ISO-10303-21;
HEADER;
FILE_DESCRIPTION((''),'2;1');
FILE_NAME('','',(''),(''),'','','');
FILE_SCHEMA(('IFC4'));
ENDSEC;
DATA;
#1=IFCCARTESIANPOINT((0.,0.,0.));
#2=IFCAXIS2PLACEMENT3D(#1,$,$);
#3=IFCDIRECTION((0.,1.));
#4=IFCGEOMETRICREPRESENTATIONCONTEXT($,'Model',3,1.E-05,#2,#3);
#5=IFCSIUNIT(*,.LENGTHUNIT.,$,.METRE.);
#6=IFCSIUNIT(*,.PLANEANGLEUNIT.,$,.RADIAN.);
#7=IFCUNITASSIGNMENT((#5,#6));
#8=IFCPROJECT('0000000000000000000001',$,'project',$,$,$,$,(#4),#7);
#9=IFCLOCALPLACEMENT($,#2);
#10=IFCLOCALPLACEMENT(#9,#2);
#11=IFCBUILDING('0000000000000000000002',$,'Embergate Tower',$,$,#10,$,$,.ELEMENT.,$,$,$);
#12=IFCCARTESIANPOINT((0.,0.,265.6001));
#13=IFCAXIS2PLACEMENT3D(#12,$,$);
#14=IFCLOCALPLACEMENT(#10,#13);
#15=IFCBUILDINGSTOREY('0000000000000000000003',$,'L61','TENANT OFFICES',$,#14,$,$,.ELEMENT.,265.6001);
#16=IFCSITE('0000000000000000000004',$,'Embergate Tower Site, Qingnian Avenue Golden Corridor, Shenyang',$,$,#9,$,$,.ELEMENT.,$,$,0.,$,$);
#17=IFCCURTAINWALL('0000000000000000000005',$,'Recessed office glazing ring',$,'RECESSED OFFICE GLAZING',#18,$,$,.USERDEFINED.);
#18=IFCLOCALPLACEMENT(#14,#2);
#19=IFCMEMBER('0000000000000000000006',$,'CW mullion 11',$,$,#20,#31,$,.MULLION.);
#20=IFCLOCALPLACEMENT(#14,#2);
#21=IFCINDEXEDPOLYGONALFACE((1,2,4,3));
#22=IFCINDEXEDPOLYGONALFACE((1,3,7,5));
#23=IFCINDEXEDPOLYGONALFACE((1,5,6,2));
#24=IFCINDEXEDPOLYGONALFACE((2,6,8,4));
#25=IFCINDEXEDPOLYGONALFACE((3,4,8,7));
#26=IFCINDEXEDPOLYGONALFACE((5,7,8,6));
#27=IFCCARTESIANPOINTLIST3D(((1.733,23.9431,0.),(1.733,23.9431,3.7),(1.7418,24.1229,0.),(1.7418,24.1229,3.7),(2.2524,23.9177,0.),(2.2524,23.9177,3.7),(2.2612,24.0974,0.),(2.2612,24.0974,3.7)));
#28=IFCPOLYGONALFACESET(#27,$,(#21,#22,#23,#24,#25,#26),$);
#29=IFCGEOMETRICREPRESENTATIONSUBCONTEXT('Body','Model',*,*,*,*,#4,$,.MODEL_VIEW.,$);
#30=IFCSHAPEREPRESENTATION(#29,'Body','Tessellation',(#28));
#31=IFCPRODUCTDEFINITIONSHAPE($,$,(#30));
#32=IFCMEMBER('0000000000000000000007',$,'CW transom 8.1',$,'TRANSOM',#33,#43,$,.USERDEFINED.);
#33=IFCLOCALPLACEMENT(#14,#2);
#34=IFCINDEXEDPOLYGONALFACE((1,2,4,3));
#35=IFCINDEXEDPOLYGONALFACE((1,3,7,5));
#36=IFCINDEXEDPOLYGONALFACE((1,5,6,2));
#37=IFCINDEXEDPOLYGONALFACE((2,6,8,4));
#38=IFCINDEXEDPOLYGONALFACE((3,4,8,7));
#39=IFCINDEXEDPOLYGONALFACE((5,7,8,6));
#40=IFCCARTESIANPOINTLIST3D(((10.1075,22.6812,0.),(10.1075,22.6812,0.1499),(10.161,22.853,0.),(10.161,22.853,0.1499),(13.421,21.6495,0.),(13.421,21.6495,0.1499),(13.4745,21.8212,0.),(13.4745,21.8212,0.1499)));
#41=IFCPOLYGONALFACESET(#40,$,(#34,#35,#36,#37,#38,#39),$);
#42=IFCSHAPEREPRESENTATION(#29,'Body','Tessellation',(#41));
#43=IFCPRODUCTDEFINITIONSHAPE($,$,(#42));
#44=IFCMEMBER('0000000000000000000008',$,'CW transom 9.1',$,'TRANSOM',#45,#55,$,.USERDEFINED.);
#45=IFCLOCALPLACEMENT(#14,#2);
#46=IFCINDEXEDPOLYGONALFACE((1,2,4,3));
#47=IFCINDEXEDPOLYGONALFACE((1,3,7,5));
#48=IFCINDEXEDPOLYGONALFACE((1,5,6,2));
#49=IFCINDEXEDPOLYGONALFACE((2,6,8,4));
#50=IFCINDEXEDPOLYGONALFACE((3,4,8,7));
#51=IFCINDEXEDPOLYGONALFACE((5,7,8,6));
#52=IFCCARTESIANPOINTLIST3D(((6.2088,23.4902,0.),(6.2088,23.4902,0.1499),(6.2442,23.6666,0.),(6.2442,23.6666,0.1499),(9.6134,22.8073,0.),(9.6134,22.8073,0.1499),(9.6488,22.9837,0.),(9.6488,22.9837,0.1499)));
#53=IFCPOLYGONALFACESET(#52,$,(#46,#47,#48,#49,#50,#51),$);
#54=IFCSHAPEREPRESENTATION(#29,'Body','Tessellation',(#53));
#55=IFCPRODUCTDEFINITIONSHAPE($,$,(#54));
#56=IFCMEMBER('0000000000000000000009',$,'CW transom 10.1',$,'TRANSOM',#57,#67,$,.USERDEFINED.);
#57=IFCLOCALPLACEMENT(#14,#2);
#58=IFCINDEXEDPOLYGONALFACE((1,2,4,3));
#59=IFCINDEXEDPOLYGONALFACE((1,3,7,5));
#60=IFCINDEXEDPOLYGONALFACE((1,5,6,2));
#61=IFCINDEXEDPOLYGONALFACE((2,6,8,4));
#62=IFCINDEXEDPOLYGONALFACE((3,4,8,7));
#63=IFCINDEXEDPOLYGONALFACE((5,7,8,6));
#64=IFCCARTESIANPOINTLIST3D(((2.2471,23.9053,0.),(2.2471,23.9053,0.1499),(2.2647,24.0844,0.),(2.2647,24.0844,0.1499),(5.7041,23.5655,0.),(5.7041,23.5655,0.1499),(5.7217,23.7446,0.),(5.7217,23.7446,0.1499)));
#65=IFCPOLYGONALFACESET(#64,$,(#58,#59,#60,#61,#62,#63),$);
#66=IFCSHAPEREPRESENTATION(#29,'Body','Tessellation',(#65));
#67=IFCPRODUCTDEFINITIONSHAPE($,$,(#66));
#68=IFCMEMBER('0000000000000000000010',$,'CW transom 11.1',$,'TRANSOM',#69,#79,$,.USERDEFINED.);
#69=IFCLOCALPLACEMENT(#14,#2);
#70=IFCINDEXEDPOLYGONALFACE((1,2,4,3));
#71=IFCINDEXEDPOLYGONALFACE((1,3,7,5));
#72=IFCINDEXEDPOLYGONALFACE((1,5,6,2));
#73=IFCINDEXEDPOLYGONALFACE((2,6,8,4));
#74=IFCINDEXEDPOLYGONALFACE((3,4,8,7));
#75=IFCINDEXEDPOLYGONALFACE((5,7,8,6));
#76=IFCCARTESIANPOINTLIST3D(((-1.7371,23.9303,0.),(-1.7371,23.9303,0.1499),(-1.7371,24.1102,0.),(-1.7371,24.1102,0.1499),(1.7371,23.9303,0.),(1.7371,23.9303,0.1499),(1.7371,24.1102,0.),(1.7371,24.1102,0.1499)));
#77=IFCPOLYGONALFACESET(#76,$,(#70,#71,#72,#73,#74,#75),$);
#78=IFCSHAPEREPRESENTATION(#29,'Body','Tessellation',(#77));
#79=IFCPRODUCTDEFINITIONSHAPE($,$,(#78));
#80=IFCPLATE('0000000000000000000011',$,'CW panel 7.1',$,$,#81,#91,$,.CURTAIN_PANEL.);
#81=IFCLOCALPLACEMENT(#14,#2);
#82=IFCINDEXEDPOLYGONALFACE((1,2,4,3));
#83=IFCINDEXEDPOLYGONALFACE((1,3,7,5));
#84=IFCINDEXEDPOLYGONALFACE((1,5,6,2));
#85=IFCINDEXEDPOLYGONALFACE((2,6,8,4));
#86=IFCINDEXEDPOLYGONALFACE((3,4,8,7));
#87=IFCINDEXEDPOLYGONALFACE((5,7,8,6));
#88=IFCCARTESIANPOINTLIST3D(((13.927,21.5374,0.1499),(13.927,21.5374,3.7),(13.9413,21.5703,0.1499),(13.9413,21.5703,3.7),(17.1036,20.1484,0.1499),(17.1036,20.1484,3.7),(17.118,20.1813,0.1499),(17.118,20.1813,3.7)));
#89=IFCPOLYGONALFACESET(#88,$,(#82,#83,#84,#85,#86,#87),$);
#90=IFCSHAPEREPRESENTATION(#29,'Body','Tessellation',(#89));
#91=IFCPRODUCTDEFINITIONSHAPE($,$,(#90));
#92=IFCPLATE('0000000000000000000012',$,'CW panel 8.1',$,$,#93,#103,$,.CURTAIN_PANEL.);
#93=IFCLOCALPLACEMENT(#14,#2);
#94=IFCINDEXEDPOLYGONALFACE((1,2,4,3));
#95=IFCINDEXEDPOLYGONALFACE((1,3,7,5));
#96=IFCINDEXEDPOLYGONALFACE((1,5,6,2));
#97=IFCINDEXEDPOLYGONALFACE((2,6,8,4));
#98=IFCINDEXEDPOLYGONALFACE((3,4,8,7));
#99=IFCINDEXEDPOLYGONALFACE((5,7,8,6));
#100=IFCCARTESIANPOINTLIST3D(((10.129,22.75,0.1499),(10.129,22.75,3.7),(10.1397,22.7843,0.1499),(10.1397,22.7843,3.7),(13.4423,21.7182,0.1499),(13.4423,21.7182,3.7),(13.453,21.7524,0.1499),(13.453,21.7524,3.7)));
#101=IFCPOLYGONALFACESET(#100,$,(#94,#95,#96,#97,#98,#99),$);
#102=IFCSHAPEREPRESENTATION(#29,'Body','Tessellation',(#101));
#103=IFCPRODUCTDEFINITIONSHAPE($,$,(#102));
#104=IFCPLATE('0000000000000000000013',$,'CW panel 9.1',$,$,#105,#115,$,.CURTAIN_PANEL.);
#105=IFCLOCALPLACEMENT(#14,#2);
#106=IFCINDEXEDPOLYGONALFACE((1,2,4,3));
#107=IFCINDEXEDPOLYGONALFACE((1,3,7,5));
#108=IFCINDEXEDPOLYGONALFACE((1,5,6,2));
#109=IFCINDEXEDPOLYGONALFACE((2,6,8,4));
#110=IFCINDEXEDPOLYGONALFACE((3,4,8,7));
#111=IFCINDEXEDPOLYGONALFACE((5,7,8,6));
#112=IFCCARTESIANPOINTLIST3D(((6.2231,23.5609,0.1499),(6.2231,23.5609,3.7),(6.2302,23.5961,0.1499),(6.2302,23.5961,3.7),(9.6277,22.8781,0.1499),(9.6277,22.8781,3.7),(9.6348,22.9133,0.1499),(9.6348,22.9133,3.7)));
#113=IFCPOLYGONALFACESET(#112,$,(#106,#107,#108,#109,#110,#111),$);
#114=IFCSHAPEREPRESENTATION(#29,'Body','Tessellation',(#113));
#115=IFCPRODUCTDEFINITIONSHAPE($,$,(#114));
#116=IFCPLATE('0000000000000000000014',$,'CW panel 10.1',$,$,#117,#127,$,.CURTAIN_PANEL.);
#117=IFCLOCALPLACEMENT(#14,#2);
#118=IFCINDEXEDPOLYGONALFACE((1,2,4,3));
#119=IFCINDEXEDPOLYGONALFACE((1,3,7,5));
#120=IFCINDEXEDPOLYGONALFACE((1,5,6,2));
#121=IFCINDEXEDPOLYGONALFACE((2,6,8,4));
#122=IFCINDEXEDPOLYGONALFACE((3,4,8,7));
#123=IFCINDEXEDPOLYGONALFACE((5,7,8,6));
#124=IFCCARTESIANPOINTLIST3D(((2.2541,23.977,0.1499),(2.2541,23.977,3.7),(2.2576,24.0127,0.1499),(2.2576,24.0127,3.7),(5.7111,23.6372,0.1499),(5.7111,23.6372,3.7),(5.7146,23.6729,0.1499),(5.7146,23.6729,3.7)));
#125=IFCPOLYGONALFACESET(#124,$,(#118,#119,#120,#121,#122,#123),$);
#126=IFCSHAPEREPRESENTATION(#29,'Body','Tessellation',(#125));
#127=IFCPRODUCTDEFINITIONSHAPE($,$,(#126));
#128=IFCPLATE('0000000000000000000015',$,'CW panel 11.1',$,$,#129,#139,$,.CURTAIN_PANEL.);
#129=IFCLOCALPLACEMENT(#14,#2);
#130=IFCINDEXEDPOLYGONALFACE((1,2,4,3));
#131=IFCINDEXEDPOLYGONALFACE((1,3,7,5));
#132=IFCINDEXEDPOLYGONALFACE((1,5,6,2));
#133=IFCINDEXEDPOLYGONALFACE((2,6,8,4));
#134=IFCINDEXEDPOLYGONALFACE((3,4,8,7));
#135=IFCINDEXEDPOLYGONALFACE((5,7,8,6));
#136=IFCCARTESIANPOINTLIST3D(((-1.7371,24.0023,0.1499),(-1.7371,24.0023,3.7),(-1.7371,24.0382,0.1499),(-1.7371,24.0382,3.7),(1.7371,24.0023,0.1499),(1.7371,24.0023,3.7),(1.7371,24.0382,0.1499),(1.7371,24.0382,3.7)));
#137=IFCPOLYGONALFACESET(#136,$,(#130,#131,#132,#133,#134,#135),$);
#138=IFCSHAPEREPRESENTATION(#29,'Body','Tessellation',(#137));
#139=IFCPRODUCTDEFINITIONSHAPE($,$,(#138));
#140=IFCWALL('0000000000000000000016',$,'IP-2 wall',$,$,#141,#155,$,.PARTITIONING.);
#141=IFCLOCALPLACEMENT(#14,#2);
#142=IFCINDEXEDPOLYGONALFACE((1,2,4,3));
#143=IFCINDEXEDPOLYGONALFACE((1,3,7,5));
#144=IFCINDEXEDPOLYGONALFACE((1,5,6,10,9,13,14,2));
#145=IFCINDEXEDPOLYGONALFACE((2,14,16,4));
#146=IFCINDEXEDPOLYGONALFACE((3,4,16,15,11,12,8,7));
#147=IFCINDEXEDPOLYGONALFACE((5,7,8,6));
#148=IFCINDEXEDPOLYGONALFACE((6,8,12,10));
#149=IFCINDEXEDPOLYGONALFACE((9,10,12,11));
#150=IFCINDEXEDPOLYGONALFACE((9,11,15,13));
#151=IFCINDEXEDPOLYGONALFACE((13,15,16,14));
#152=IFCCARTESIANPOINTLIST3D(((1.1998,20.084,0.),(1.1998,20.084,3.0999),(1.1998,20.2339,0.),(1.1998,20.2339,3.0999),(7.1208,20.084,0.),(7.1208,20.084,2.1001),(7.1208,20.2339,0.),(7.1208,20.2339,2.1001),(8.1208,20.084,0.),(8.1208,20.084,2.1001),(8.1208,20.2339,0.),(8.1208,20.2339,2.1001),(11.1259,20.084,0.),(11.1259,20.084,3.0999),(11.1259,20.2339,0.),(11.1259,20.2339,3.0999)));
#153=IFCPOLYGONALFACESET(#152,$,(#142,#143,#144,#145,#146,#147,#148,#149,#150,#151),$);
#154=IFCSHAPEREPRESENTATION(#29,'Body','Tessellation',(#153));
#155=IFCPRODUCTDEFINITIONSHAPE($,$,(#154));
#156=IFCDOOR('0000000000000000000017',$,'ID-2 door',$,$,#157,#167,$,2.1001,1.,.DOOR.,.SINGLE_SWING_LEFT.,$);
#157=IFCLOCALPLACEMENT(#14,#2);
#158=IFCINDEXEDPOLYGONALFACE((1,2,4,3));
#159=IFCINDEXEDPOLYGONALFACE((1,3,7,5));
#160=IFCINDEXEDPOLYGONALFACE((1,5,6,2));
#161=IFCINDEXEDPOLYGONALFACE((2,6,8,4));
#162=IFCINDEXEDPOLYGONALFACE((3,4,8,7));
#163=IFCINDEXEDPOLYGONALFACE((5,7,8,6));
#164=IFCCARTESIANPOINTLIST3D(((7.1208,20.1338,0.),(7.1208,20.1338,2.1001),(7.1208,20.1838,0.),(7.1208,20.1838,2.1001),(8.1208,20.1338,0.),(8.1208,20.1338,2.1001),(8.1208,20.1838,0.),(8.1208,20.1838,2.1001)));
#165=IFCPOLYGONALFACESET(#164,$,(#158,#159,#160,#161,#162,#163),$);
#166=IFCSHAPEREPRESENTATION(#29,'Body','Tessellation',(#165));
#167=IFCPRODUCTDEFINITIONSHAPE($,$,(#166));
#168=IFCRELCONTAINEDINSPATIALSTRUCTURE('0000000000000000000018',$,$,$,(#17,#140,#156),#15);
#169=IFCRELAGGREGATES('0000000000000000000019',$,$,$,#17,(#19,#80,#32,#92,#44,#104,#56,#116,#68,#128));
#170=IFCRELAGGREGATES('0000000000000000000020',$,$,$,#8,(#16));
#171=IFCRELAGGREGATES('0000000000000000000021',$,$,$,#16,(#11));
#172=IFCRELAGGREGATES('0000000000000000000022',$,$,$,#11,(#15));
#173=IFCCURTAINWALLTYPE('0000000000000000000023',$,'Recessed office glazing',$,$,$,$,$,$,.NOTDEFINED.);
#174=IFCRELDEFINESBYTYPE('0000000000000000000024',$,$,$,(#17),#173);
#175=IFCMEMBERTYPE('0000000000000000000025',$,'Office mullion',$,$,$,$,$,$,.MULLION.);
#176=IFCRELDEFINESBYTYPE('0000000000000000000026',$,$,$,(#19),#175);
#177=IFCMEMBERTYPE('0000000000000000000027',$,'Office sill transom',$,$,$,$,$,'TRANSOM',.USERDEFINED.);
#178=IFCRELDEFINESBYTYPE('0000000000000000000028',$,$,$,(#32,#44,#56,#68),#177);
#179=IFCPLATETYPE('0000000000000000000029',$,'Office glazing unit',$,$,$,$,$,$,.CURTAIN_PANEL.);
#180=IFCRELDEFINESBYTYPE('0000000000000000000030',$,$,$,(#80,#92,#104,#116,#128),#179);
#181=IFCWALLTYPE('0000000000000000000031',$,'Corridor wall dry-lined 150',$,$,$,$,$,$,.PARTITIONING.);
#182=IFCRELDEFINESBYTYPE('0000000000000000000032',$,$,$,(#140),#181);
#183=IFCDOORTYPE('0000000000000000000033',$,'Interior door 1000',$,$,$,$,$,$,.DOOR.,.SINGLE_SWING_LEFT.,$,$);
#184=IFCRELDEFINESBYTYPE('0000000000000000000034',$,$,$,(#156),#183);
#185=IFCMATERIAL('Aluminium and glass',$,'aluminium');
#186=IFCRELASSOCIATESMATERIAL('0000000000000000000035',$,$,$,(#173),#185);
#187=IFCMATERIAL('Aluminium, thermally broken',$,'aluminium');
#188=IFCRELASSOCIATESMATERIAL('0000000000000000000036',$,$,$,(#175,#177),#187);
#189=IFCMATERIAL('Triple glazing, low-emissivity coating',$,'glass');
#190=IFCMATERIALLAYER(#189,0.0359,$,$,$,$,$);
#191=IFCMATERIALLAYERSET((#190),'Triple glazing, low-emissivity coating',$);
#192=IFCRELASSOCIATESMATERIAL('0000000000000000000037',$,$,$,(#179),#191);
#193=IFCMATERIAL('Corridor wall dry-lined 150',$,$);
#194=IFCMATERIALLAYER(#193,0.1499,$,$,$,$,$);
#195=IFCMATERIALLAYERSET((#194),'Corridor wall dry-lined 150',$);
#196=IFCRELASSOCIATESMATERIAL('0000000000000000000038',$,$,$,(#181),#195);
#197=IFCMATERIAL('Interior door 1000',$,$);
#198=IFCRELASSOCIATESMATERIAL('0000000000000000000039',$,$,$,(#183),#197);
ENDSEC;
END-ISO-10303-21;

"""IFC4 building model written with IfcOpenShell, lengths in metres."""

from ifc_helpers import new_model, si_unit, direction, frame, frame_2d, origin, origin_2d, place, context, subcontext, project, spatial, rectangle, extrude, source, transform, mapped, material, layer, layer_set, material_profile, profile_set, type_object, element, fill, aggregate, save


model = new_model("IFC4")

# Units and contexts
model_context = context("Model", 3, precision=1e-05, world=origin(), true_north=direction((0.0, 1.0)))
body_context = subcontext(model_context, "Body", "Model", "MODEL_VIEW")
ifc_project = project(units=[si_unit("LENGTHUNIT", "METRE"), si_unit("PLANEANGLEUNIT", "RADIAN")], contexts=[model_context])

# Site, building, storey
site_placement = place(None, origin())
site = spatial("IfcSite", under=ifc_project, at=site_placement, Name="Embergate Tower Site, Qingnian Avenue Golden Corridor, Shenyang", CompositionType="ELEMENT", RefElevation=0.0)
building_placement = place(site_placement, origin())
building = spatial("IfcBuilding", under=site, at=building_placement, Name="Embergate Tower", CompositionType="ELEMENT")
storey_placement = place(building_placement, frame((0.0, 0.0, 265.6001)))
storey = spatial("IfcBuildingStorey", under=building, at=storey_placement, Name="L61", Description="TENANT OFFICES", CompositionType="ELEMENT", Elevation=265.6001)

# Curtain wall, members, plates
ifc_material_1 = material(Name="Aluminium and glass", Category="aluminium")
curtain_wall_type = type_object("IfcCurtainWallType", Name="Recessed office glazing", PredefinedType="NOTDEFINED", material=ifc_material_1)
curtain_wall_placement = place(storey_placement, origin())
curtain_wall = element("IfcCurtainWall", 1, at=curtain_wall_placement, inside=storey, type_object=curtain_wall_type, Name="Recessed office glazing ring", ObjectType="RECESSED OFFICE GLAZING", PredefinedType="USERDEFINED")
ifc_material_2 = material(Name="Aluminium, thermally broken", Category="aluminium")
ifc_material_profile_1 = material_profile(ifc_material_2, rectangle(XDim=0.1799, YDim=0.52, at=origin_2d()), Name="AL 520x180")
ifc_profile_set_1 = profile_set([ifc_material_profile_1], Name="Aluminium, thermally broken")
member_type_1 = type_object("IfcMemberType", Name="Office mullion", PredefinedType="MULLION", material=ifc_profile_set_1)
shared_shape_1 = source(origin(), body_context, "Body", "SweptSolid", [
    extrude(rectangle(XDim=0.1799, YDim=0.52, at=origin_2d()), origin(), (0.0, 0.0, 1.0), 3.7),
])
member_1_placement = place(storey_placement, frame((1.9971, 24.0203, 0.0), z_axis=(0.0, 0.0, 1.0), x_axis=(-0.04897, -0.9988, 0.0)))
member_1 = element("IfcMember", 2, at=member_1_placement, type_object=member_type_1, Name="CW mullion 11", PredefinedType="MULLION", context=body_context, shape_type="MappedRepresentation", body=[
    mapped(shared_shape_1, transform((0.0, 0.0, 0.0))),
])
ifc_material_profile_2 = material_profile(ifc_material_2, rectangle(XDim=0.1799, YDim=0.1499, at=origin_2d()), Name="AL 150x180")
ifc_profile_set_2 = profile_set([ifc_material_profile_2], Name="Aluminium, thermally broken")
member_type_2 = type_object("IfcMemberType", Name="Office sill transom", ElementType="TRANSOM", PredefinedType="USERDEFINED", material=ifc_profile_set_2)
shared_shape_2 = source(origin(), body_context, "Body", "SweptSolid", [
    extrude(rectangle(XDim=0.1799, YDim=0.1499, at=origin_2d()), origin(), (0.0, 0.0, 1.0), 3.4705),
])
member_2_placement = place(storey_placement, frame((13.4478, 21.7354, 0.075), z_axis=(-0.954785, 0.297297, 0.0), x_axis=(-0.297297, -0.954785, 0.0)))
member_2 = element("IfcMember", 3, at=member_2_placement, type_object=member_type_2, Name="CW transom 8.1", ObjectType="TRANSOM", PredefinedType="USERDEFINED", context=body_context, shape_type="MappedRepresentation", body=[
    mapped(shared_shape_2, transform((0.0, 0.0, 0.0))),
])
shared_shape_3 = source(origin(), body_context, "Body", "SweptSolid", [
    extrude(rectangle(XDim=0.1799, YDim=0.1499, at=origin_2d()), origin(), (0.0, 0.0, 1.0), 3.4724),
])
member_3_placement = place(storey_placement, frame((9.6311, 22.8955, 0.075), z_axis=(-0.980472, 0.196657, 0.0), x_axis=(-0.196657, -0.980472, 0.0)))
member_3 = element("IfcMember", 4, at=member_3_placement, type_object=member_type_2, Name="CW transom 9.1", ObjectType="TRANSOM", PredefinedType="USERDEFINED", context=body_context, shape_type="MappedRepresentation", body=[
    mapped(shared_shape_3, transform((0.0, 0.0, 0.0))),
])
shared_shape_4 = source(origin(), body_context, "Body", "SweptSolid", [
    extrude(rectangle(XDim=0.1799, YDim=0.1499, at=origin_2d()), origin(), (0.0, 0.0, 1.0), 3.4736),
])
member_4_placement = place(storey_placement, frame((5.7129, 23.655, 0.075), z_axis=(-0.995203, 0.097833, 0.0), x_axis=(-0.097833, -0.995203, 0.0)))
member_4 = element("IfcMember", 5, at=member_4_placement, type_object=member_type_2, Name="CW transom 10.1", ObjectType="TRANSOM", PredefinedType="USERDEFINED", context=body_context, shape_type="MappedRepresentation", body=[
    mapped(shared_shape_4, transform((0.0, 0.0, 0.0))),
])
shared_shape_5 = source(origin(), body_context, "Body", "SweptSolid", [
    extrude(rectangle(XDim=0.1799, YDim=0.1499, at=origin_2d()), origin(), (0.0, 0.0, 1.0), 3.4741),
])
member_5_placement = place(storey_placement, frame((1.7371, 24.0203, 0.075), z_axis=(-1.0, 0.0, 0.0), x_axis=(0.0, -1.0, 0.0)))
member_5 = element("IfcMember", 6, at=member_5_placement, type_object=member_type_2, Name="CW transom 11.1", ObjectType="TRANSOM", PredefinedType="USERDEFINED", context=body_context, shape_type="MappedRepresentation", body=[
    mapped(shared_shape_5, transform((0.0, 0.0, 0.0))),
])
ifc_material_3 = material(Name="Triple glazing, low-emissivity coating", Category="glass")
ifc_layer_1 = layer(ifc_material_3, 0.0359)
ifc_layer_set_1 = layer_set([ifc_layer_1], Name="Triple glazing, low-emissivity coating")
plate_type = type_object("IfcPlateType", Name="Office glazing unit", PredefinedType="CURTAIN_PANEL", material=ifc_layer_set_1)
shared_shape_6 = source(origin(), body_context, "Body", "SweptSolid", [
    extrude(rectangle(XDim=3.467, YDim=0.0359, at=origin_2d()), origin(), (0.0, 0.0, 1.0), 3.55),
])
plate_1_placement = place(storey_placement, frame((15.5225, 20.8594, 0.1499), z_axis=(0.0, 0.0, 1.0), x_axis=(-0.916238, 0.400635, 0.0)))
plate_1 = element("IfcPlate", 7, at=plate_1_placement, type_object=plate_type, Name="CW panel 7.1", PredefinedType="CURTAIN_PANEL", context=body_context, shape_type="MappedRepresentation", body=[
    mapped(shared_shape_6, transform((0.0, 0.0, 0.0))),
])
shared_shape_7 = source(origin(), body_context, "Body", "SweptSolid", [
    extrude(rectangle(XDim=3.4702, YDim=0.0359, at=origin_2d()), origin(), (0.0, 0.0, 1.0), 3.55),
])
plate_2_placement = place(storey_placement, frame((11.791, 22.2512, 0.1499), z_axis=(0.0, 0.0, 1.0), x_axis=(-0.954773, 0.297337, 0.0)))
plate_2 = element("IfcPlate", 8, at=plate_2_placement, type_object=plate_type, Name="CW panel 8.1", PredefinedType="CURTAIN_PANEL", context=body_context, shape_type="MappedRepresentation", body=[
    mapped(shared_shape_7, transform((0.0, 0.0, 0.0))),
])
shared_shape_8 = source(origin(), body_context, "Body", "SweptSolid", [
    extrude(rectangle(XDim=3.4724, YDim=0.0359, at=origin_2d()), origin(), (0.0, 0.0, 1.0), 3.55),
])
plate_3_placement = place(storey_placement, frame((7.929, 23.2371, 0.1499), z_axis=(0.0, 0.0, 1.0), x_axis=(-0.980476, 0.196638, 0.0)))
plate_3 = element("IfcPlate", 9, at=plate_3_placement, type_object=plate_type, Name="CW panel 9.1", PredefinedType="CURTAIN_PANEL", context=body_context, shape_type="MappedRepresentation", body=[
    mapped(shared_shape_8, transform((0.0, 0.0, 0.0))),
])
shared_shape_9 = source(origin(), body_context, "Body", "SweptSolid", [
    extrude(rectangle(XDim=3.4736, YDim=0.0359, at=origin_2d()), origin(), (0.0, 0.0, 1.0), 3.55),
])
plate_4_placement = place(storey_placement, frame((3.9844, 23.825, 0.1499), z_axis=(0.0, 0.0, 1.0), x_axis=(-0.995203, 0.097828, 0.0)))
plate_4 = element("IfcPlate", 10, at=plate_4_placement, type_object=plate_type, Name="CW panel 10.1", PredefinedType="CURTAIN_PANEL", context=body_context, shape_type="MappedRepresentation", body=[
    mapped(shared_shape_9, transform((0.0, 0.0, 0.0))),
])
shared_shape_10 = source(origin(), body_context, "Body", "SweptSolid", [
    extrude(rectangle(XDim=3.4741, YDim=0.0359, at=origin_2d()), origin(), (0.0, 0.0, 1.0), 3.55),
])
plate_5_placement = place(storey_placement, frame((0.0, 24.0203, 0.1499), z_axis=(0.0, 0.0, 1.0), x_axis=(-1.0, 0.0, 0.0)))
plate_5 = element("IfcPlate", 11, at=plate_5_placement, type_object=plate_type, Name="CW panel 11.1", PredefinedType="CURTAIN_PANEL", context=body_context, shape_type="MappedRepresentation", body=[
    mapped(shared_shape_10, transform((0.0, 0.0, 0.0))),
])
aggregate(curtain_wall, [member_1, plate_1, member_2, plate_2, member_3, plate_3, member_4, plate_4, member_5, plate_5])

# Wall, opening, door
ifc_material_4 = material(Name="Corridor wall dry-lined 150")
ifc_layer_2 = layer(ifc_material_4, 0.1499)
ifc_layer_set_2 = layer_set([ifc_layer_2], Name="Corridor wall dry-lined 150")
wall_type_1 = type_object("IfcWallType", Name="Corridor wall dry-lined 150", PredefinedType="PARTITIONING", material=ifc_layer_set_2)
shared_shape_11 = source(origin(), body_context, "Body", "SweptSolid", [
    extrude(rectangle(XDim=9.926, YDim=0.1499, at=frame_2d((4.9629, 0.0))), origin(), (0.0, 0.0, 1.0), 3.0999),
])
wall_1_placement = place(storey_placement, frame((1.2, 20.1589, 0.0), z_axis=(0.0, 0.0, 1.0), x_axis=(1.0, 0.0, 0.0)))
wall_1 = element("IfcWall", 12, at=wall_1_placement, inside=storey, type_object=wall_type_1, Name="IP-2 wall", PredefinedType="PARTITIONING", context=body_context, shape_type="MappedRepresentation", body=[
    mapped(shared_shape_11, transform((0.0, 0.0, 0.0))),
])
shared_shape_12 = source(origin(), body_context, "Body", "SweptSolid", [
    extrude(rectangle(XDim=1.0, YDim=2.1001, at=frame_2d((0.5, 1.05))), frame((0.0, 0.085, 0.0), z_axis=(0.0, -1.0, 0.0), x_axis=(1.0, 0.0, 0.0)), (0.0, 0.0, 1.0), 0.1699),
])
opening_placement = place(wall_1_placement, frame((5.9209, 0.0, 0.0)))
opening = element("IfcOpeningElement", 13, at=opening_placement, cuts=wall_1, PredefinedType="OPENING", context=body_context, shape_type="MappedRepresentation", body=[
    mapped(shared_shape_12, transform((0.0, 0.0, 0.0))),
])
ifc_material_5 = material(Name="Interior door 1000")
door_type = type_object("IfcDoorType", Name="Interior door 1000", OperationType="SINGLE_SWING_LEFT", PredefinedType="DOOR", material=ifc_material_5)
shared_shape_13 = source(origin(), body_context, "Body", "SweptSolid", [
    extrude(rectangle(XDim=1.0, YDim=2.1001, at=frame_2d((0.5, 1.05))), frame((0.0, 0.0249, 0.0), z_axis=(0.0, -1.0, 0.0), x_axis=(1.0, 0.0, 0.0)), (0.0, 0.0, 1.0), 0.05),
])
door_placement = place(opening_placement, origin())
door = element("IfcDoor", 14, at=door_placement, inside=storey, type_object=door_type, Name="ID-2 door", OperationType="SINGLE_SWING_LEFT", OverallHeight=2.1001, OverallWidth=1.0, PredefinedType="DOOR", context=body_context, shape_type="MappedRepresentation", body=[
    mapped(shared_shape_13, transform((0.0, 0.0, 0.0))),
])
fill(opening, door)

save(model, "model.ifc")
